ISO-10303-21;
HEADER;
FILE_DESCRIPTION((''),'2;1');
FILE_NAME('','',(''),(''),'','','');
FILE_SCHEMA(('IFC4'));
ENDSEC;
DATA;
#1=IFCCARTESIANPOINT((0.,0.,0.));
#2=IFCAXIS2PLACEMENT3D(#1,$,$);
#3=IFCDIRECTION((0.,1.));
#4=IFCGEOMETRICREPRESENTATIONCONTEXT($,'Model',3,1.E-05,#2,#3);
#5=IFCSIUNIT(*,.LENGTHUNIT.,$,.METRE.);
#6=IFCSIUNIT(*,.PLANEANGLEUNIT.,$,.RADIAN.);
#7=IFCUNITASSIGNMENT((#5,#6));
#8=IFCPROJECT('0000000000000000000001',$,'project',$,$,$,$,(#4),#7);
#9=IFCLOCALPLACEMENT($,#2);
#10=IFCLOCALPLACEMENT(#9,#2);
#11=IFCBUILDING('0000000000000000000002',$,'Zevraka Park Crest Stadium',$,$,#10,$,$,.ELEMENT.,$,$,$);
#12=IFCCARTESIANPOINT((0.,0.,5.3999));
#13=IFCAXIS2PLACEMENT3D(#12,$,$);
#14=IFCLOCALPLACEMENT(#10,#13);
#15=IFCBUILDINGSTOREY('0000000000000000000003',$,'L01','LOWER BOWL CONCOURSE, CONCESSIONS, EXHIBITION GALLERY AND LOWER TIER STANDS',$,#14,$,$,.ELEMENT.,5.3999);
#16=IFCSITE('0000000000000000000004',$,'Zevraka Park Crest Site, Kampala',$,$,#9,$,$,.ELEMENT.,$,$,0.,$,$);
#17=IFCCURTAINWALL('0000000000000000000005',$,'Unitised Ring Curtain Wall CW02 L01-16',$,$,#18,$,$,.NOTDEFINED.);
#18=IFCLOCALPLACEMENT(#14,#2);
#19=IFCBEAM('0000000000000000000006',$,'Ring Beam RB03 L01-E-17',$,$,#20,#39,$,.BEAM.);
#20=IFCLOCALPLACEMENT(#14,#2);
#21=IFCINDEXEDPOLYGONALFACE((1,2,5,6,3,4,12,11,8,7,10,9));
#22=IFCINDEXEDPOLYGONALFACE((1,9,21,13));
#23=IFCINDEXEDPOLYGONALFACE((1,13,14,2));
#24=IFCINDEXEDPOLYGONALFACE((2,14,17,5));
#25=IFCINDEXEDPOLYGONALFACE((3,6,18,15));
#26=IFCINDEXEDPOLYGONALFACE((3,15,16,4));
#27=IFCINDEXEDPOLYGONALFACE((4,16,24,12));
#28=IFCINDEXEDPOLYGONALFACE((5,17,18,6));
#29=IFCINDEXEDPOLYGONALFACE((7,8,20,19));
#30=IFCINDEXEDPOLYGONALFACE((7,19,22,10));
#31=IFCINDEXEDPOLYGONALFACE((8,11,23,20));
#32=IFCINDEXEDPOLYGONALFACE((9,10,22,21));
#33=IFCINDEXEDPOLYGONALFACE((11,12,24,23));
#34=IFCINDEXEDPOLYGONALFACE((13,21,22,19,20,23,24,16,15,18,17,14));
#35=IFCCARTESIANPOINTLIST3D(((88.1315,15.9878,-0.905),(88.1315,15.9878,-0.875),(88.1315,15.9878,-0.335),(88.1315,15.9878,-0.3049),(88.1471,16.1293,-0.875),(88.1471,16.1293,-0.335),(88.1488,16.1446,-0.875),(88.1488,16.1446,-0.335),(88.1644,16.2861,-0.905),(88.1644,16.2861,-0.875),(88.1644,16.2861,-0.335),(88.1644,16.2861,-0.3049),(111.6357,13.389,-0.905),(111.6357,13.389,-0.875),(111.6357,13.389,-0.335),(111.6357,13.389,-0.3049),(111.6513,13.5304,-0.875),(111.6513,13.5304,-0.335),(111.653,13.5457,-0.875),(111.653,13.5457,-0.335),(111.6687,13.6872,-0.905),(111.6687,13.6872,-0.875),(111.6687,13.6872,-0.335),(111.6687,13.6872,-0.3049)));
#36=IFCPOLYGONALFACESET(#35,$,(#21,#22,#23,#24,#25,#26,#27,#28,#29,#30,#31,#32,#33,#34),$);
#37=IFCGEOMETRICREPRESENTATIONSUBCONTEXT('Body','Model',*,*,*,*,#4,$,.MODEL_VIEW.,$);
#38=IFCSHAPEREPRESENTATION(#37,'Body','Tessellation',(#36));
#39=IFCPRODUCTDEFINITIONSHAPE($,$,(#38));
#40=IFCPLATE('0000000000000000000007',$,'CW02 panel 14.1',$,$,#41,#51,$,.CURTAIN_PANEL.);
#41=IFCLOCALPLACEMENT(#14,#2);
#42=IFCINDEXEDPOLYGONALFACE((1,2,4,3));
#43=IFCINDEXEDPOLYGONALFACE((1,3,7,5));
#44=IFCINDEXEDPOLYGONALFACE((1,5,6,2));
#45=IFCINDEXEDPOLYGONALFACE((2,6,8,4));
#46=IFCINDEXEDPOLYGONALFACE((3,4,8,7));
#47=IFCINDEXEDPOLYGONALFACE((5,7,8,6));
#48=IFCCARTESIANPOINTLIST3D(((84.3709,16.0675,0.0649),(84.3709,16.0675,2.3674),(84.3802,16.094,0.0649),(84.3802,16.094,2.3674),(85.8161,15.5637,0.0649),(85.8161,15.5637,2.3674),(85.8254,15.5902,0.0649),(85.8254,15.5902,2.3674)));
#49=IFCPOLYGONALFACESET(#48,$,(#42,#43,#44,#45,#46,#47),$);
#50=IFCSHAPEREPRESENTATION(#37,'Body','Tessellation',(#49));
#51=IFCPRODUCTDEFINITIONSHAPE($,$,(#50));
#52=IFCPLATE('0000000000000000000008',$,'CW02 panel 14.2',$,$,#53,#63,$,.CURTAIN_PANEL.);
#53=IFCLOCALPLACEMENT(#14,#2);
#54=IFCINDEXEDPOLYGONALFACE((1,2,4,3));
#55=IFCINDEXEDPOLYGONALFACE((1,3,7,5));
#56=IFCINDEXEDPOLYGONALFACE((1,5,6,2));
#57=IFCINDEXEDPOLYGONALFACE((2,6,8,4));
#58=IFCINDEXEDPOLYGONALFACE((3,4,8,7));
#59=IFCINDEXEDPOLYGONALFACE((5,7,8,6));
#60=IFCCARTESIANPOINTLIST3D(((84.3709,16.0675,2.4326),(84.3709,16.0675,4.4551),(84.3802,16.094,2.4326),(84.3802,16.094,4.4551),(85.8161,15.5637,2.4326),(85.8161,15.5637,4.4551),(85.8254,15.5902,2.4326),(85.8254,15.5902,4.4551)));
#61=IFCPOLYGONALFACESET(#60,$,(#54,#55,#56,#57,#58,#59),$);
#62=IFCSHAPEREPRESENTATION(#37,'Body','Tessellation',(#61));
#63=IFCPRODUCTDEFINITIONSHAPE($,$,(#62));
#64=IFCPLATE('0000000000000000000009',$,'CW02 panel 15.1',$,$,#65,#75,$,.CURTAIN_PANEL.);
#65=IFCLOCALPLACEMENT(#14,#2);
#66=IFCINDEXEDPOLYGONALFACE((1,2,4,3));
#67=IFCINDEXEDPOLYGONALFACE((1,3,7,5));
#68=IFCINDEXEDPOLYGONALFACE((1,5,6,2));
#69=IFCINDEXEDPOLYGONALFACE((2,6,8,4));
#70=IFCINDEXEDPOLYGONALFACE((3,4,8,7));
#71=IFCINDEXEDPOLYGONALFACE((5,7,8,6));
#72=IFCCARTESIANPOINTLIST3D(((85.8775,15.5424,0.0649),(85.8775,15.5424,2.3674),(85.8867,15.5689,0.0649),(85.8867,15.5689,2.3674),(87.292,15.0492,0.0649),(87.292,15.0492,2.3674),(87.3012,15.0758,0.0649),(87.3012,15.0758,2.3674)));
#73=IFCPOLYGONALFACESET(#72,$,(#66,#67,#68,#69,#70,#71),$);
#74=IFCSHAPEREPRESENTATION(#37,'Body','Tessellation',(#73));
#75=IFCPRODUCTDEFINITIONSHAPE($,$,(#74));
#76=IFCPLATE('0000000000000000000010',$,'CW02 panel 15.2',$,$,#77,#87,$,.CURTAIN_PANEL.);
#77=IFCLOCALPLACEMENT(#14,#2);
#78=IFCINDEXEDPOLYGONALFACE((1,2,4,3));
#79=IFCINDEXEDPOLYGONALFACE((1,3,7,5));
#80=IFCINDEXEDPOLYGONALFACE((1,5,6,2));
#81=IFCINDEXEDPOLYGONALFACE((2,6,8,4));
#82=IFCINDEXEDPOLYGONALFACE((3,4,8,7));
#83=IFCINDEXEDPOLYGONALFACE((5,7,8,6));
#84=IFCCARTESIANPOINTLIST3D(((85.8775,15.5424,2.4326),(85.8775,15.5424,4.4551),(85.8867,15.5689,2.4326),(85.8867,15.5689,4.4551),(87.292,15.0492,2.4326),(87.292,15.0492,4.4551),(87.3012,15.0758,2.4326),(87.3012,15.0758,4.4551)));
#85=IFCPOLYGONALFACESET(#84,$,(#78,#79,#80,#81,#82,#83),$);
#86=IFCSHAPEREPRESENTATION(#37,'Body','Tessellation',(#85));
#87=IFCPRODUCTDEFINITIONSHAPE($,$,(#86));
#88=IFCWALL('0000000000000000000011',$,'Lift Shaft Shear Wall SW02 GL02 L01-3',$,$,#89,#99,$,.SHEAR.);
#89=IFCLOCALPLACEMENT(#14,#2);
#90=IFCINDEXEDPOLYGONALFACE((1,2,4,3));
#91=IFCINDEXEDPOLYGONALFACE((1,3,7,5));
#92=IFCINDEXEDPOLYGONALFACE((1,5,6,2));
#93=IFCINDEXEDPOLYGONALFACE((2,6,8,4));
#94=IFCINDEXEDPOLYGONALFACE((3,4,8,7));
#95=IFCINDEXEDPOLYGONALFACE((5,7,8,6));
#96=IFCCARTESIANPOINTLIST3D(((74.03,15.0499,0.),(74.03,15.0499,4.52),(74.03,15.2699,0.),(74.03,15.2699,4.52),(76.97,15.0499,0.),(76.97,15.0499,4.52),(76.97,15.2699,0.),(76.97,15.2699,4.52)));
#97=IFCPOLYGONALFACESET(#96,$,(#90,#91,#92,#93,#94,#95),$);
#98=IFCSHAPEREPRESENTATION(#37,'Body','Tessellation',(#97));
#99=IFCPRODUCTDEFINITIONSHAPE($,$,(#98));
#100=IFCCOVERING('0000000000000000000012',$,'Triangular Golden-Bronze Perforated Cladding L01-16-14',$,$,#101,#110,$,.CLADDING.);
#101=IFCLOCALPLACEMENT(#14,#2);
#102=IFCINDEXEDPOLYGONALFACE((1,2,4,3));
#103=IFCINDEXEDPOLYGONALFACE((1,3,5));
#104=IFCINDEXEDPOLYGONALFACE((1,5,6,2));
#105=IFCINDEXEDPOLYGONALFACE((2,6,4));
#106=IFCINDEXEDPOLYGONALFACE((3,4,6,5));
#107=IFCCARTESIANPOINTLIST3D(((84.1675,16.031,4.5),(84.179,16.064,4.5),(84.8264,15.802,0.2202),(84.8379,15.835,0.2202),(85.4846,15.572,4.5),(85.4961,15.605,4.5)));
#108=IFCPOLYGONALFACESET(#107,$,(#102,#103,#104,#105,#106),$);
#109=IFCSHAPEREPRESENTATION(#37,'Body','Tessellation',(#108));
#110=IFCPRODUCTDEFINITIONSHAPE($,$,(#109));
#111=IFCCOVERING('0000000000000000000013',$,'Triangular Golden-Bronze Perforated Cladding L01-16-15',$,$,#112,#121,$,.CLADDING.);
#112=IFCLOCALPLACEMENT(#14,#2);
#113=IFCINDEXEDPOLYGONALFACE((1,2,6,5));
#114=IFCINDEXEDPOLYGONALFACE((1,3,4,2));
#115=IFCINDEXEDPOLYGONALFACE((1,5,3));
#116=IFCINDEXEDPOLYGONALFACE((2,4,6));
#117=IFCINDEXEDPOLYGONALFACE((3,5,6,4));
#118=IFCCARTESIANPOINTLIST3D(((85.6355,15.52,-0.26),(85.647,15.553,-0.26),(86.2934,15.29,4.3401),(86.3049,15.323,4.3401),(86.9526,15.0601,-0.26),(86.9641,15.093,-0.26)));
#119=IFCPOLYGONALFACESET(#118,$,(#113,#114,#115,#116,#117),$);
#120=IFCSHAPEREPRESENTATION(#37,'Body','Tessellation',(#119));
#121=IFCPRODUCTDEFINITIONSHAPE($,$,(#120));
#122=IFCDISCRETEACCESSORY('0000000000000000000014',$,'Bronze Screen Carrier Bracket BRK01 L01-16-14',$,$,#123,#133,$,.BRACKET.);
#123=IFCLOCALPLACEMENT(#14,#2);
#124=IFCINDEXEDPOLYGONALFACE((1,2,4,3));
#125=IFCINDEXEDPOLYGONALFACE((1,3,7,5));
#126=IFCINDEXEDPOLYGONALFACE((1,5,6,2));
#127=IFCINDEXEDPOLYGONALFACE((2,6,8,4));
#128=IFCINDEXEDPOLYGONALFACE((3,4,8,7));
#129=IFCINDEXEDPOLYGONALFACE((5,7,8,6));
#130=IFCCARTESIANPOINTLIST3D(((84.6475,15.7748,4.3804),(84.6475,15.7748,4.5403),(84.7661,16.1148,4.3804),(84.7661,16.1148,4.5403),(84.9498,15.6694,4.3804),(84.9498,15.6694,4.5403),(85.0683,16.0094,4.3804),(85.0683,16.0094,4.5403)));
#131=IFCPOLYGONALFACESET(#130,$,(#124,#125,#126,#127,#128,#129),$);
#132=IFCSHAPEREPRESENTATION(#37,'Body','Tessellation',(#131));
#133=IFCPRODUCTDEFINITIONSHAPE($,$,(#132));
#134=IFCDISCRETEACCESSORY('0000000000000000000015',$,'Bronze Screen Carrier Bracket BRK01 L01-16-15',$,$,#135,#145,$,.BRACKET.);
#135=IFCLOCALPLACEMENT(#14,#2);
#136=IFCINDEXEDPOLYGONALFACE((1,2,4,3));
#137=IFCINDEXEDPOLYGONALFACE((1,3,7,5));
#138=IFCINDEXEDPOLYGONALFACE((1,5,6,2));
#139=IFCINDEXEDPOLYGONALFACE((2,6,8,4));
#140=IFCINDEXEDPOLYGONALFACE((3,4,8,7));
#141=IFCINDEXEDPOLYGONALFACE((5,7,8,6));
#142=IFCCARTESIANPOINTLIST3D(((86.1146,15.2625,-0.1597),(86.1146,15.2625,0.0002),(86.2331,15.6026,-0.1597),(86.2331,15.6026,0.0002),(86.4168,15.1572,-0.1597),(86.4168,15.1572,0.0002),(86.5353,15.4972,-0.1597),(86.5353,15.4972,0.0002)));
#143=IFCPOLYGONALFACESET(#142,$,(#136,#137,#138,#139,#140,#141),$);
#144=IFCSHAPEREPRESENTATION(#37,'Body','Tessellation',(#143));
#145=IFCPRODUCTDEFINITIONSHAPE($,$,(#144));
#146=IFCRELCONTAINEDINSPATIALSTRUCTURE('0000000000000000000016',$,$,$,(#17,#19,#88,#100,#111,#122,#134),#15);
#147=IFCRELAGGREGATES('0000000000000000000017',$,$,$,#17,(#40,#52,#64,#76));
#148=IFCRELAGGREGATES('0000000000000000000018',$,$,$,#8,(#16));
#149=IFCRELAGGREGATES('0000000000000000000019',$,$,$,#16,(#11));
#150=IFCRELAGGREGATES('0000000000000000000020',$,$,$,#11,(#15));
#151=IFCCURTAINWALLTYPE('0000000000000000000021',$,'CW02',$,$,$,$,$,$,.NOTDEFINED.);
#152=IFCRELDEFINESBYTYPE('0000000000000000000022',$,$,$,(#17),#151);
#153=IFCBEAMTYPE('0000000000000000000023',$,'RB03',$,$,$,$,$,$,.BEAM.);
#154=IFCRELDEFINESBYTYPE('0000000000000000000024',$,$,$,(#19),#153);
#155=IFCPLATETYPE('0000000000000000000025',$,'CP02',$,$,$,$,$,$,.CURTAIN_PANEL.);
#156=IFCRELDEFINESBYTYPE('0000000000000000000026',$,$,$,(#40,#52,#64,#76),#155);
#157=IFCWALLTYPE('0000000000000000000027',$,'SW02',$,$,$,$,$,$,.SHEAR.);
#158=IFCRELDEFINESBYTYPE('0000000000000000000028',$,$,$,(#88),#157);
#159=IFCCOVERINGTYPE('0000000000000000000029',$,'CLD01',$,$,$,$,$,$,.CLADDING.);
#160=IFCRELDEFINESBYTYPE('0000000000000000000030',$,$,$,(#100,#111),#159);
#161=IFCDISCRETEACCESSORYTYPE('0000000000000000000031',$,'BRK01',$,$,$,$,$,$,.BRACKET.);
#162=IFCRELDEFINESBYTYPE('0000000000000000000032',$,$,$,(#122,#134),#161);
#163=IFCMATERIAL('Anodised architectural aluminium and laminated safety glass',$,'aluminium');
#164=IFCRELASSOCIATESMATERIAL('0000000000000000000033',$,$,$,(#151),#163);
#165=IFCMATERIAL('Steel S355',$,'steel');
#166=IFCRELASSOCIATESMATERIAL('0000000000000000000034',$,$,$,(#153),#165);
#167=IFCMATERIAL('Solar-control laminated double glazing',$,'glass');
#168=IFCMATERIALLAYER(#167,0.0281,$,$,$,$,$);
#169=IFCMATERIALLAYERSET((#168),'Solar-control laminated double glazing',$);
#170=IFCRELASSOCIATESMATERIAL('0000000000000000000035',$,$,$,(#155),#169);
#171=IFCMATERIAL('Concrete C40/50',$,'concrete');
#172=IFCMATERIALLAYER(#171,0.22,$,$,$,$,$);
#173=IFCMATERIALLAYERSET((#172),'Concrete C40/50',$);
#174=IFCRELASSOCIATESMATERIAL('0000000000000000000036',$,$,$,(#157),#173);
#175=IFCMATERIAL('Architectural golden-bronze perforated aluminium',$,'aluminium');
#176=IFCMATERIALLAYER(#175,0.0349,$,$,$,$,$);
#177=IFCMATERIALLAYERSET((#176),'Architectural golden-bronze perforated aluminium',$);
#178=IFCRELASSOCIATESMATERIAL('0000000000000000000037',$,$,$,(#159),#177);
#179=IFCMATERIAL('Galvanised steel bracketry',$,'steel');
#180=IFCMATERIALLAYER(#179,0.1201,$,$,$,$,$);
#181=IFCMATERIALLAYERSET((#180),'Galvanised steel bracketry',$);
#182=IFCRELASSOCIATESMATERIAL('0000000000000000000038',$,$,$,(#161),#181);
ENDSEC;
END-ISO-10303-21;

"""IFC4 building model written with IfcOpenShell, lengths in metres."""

from ifc_helpers import new_model, si_unit, direction, frame, frame_2d, origin, origin_2d, place, context, subcontext, project, spatial, polyline, rectangle, i_section, outline, extrude, material, layer, layer_set, material_profile, profile_set, type_object, element, aggregate, save


model = new_model("IFC4")

# Units and contexts
model_context = context("Model", 3, precision=1e-05, world=origin(), true_north=direction((0.0, 1.0)))
body_context = subcontext(model_context, "Body", "Model", "MODEL_VIEW")
ifc_project = project(units=[si_unit("LENGTHUNIT", "METRE"), si_unit("PLANEANGLEUNIT", "RADIAN")], contexts=[model_context])

# Site, building, storey
site_placement = place(None, origin())
site = spatial("IfcSite", under=ifc_project, at=site_placement, Name="Zevraka Park Crest Site, Kampala", CompositionType="ELEMENT", RefElevation=0.0)
building_placement = place(site_placement, origin())
building = spatial("IfcBuilding", under=site, at=building_placement, Name="Zevraka Park Crest Stadium", CompositionType="ELEMENT")
storey_placement = place(building_placement, frame((0.0, 0.0, 5.3999)))
storey = spatial("IfcBuildingStorey", under=building, at=storey_placement, Name="L01", Description="LOWER BOWL CONCOURSE, CONCESSIONS, EXHIBITION GALLERY AND LOWER TIER STANDS", CompositionType="ELEMENT", Elevation=5.3999)

# Curtain wall
ifc_material_1 = material(Name="Anodised architectural aluminium and laminated safety glass", Category="aluminium")
curtain_wall_type_1 = type_object("IfcCurtainWallType", Name="CW02", PredefinedType="NOTDEFINED", material=ifc_material_1)
curtain_wall_1_placement = place(storey_placement, origin())
curtain_wall_1 = element("IfcCurtainWall", 1, at=curtain_wall_1_placement, inside=storey, type_object=curtain_wall_type_1, Name="Unitised Ring Curtain Wall CW02 L01-16", PredefinedType="NOTDEFINED")

# Beam
ifc_material_2 = material(Name="Steel S355", Category="steel")
ifc_material_profile_1 = material_profile(ifc_material_2, i_section(OverallWidth=0.3, OverallDepth=0.6001, WebThickness=0.0154, FlangeThickness=0.03, at=origin_2d()), Name="HEB 600")
ifc_profile_set_1 = profile_set([ifc_material_profile_1], Name="Steel S355")
beam_type = type_object("IfcBeamType", Name="RB03", PredefinedType="BEAM", material=ifc_profile_set_1)
beam_placement = place(storey_placement, frame((88.1479, 16.137, -0.605), z_axis=(0.993943, -0.109901, 0.0), x_axis=(0.109901, 0.993943, 0.0)))
element("IfcBeam", 2, at=beam_placement, inside=storey, type_object=beam_type, Name="Ring Beam RB03 L01-E-17", PredefinedType="BEAM", context=body_context, shape_type="SweptSolid", body=[
    extrude(i_section(OverallWidth=0.3, OverallDepth=0.6001, WebThickness=0.0154, FlangeThickness=0.03, at=origin_2d()), origin(), (0.0, 0.0, 1.0), 23.6475),
])

# Plates
ifc_material_3 = material(Name="Solar-control laminated double glazing", Category="glass")
ifc_layer_1 = layer(ifc_material_3, 0.0281)
ifc_layer_set_1 = layer_set([ifc_layer_1], Name="Solar-control laminated double glazing")
plate_type = type_object("IfcPlateType", Name="CP02", PredefinedType="CURTAIN_PANEL", material=ifc_layer_set_1)
plate_1_placement = place(storey_placement, frame((85.0981, 15.8289, 0.0649), z_axis=(0.0, 0.0, 1.0), x_axis=(0.944257, -0.329209, 0.0)))
plate_1 = element("IfcPlate", 3, at=plate_1_placement, type_object=plate_type, Name="CW02 panel 14.1", PredefinedType="CURTAIN_PANEL", context=body_context, shape_type="SweptSolid", body=[
    extrude(rectangle(XDim=1.5305, YDim=0.0281, at=origin_2d()), origin(), (0.0, 0.0, 1.0), 2.3025),
])
plate_2_placement = place(storey_placement, frame((85.0981, 15.8289, 2.4326), z_axis=(0.0, 0.0, 1.0), x_axis=(0.944257, -0.329209, 0.0)))
plate_2 = element("IfcPlate", 4, at=plate_2_placement, type_object=plate_type, Name="CW02 panel 14.2", PredefinedType="CURTAIN_PANEL", context=body_context, shape_type="SweptSolid", body=[
    extrude(rectangle(XDim=1.5305, YDim=0.0281, at=origin_2d()), origin(), (0.0, 0.0, 1.0), 2.0225),
])
plate_3_placement = place(storey_placement, frame((86.5894, 15.3091, 0.0649), z_axis=(0.0, 0.0, 1.0), x_axis=(0.944257, -0.329209, 0.0)))
plate_3 = element("IfcPlate", 5, at=plate_3_placement, type_object=plate_type, Name="CW02 panel 15.1", PredefinedType="CURTAIN_PANEL", context=body_context, shape_type="SweptSolid", body=[
    extrude(rectangle(XDim=1.498, YDim=0.0281, at=origin_2d()), origin(), (0.0, 0.0, 1.0), 2.3025),
])
plate_4_placement = place(storey_placement, frame((86.5894, 15.3091, 2.4326), z_axis=(0.0, 0.0, 1.0), x_axis=(0.944257, -0.329209, 0.0)))
plate_4 = element("IfcPlate", 6, at=plate_4_placement, type_object=plate_type, Name="CW02 panel 15.2", PredefinedType="CURTAIN_PANEL", context=body_context, shape_type="SweptSolid", body=[
    extrude(rectangle(XDim=1.498, YDim=0.0281, at=origin_2d()), origin(), (0.0, 0.0, 1.0), 2.0225),
])
aggregate(curtain_wall_1, [plate_1, plate_2, plate_3, plate_4])

# Wall
ifc_material_4 = material(Name="Concrete C40/50", Category="concrete")
ifc_layer_2 = layer(ifc_material_4, 0.22)
ifc_layer_set_2 = layer_set([ifc_layer_2], Name="Concrete C40/50")
wall_type = type_object("IfcWallType", Name="SW02", PredefinedType="SHEAR", material=ifc_layer_set_2)
wall_placement = place(storey_placement, frame((76.97, 15.1599, 0.0), z_axis=(0.0, 0.0, 1.0), x_axis=(-1.0, 0.0, 0.0)))
element("IfcWall", 7, at=wall_placement, inside=storey, type_object=wall_type, Name="Lift Shaft Shear Wall SW02 GL02 L01-3", PredefinedType="SHEAR", context=body_context, shape_type="SweptSolid", body=[
    extrude(rectangle(XDim=2.9399, YDim=0.22, at=frame_2d((1.47, 0.0))), origin(), (0.0, 0.0, 1.0), 4.52),
])

# Coverings
ifc_material_5 = material(Name="Architectural golden-bronze perforated aluminium", Category="aluminium")
ifc_layer_3 = layer(ifc_material_5, 0.0349)
ifc_layer_set_3 = layer_set([ifc_layer_3], Name="Architectural golden-bronze perforated aluminium")
covering_type = type_object("IfcCoveringType", Name="CLD01", PredefinedType="CLADDING", material=ifc_layer_set_3)
covering_1_placement = place(storey_placement, frame((85.4961, 15.605, 4.5), z_axis=(0.329064, 0.944308, 0.000136), x_axis=(-0.944308, 0.329064, 0.0)))
element("IfcCovering", 8, at=covering_1_placement, inside=storey, type_object=covering_type, Name="Triangular Golden-Bronze Perforated Cladding L01-16-14", PredefinedType="CLADDING", context=body_context, shape_type="SweptSolid", body=[
    extrude(outline(polyline([(0.0, 0.0), (1.3948, 0.0), (0.6972, -4.2798), (0.0, 0.0)])), origin(), (0.0, 0.0, -1.0), 0.0349),
])
covering_2_placement = place(storey_placement, frame((85.647, 15.553, -0.26), z_axis=(0.329688, 0.94409, 0.000044), x_axis=(0.94409, -0.329688, 0.0)))
element("IfcCovering", 9, at=covering_2_placement, inside=storey, type_object=covering_type, Name="Triangular Golden-Bronze Perforated Cladding L01-16-15", PredefinedType="CLADDING", context=body_context, shape_type="SweptSolid", body=[
    extrude(outline(polyline([(0.0, 0.0), (1.3951, 0.0), (0.697, -4.6001), (0.0, 0.0)])), origin(), (0.0, 0.0, -1.0), 0.0349),
])

# Discrete accessories
ifc_material_6 = material(Name="Galvanised steel bracketry", Category="steel")
ifc_layer_4 = layer(ifc_material_6, 0.1201)
ifc_layer_set_4 = layer_set([ifc_layer_4], Name="Galvanised steel bracketry")
discrete_accessory_type = type_object("IfcDiscreteAccessoryType", Name="BRK01", PredefinedType="BRACKET", material=ifc_layer_set_4)
for number, where, z_axis, x_axis, name in (
    (10, (84.8579, 15.8921, 4.3804), (0.0, 0.0, 1.0), (0.944262, -0.329196, 0.0), "Bronze Screen Carrier Bracket BRK01 L01-16-14"),
    (11, (86.325, 15.3799, -0.1597), (0.0, 0.0, 1.0), (0.944262, -0.329196, 0.0), "Bronze Screen Carrier Bracket BRK01 L01-16-15"),
):
    element("IfcDiscreteAccessory", number, at=place(storey_placement, frame(where, z_axis=z_axis, x_axis=x_axis)), inside=storey, type_object=discrete_accessory_type, Name=name, PredefinedType="BRACKET", context=body_context, shape_type="SweptSolid", body=[
        extrude(rectangle(XDim=0.3201, YDim=0.3601, at=origin_2d()), origin(), (0.0, 0.0, 1.0), 0.1599),
    ])

save(model, "model.ifc")
